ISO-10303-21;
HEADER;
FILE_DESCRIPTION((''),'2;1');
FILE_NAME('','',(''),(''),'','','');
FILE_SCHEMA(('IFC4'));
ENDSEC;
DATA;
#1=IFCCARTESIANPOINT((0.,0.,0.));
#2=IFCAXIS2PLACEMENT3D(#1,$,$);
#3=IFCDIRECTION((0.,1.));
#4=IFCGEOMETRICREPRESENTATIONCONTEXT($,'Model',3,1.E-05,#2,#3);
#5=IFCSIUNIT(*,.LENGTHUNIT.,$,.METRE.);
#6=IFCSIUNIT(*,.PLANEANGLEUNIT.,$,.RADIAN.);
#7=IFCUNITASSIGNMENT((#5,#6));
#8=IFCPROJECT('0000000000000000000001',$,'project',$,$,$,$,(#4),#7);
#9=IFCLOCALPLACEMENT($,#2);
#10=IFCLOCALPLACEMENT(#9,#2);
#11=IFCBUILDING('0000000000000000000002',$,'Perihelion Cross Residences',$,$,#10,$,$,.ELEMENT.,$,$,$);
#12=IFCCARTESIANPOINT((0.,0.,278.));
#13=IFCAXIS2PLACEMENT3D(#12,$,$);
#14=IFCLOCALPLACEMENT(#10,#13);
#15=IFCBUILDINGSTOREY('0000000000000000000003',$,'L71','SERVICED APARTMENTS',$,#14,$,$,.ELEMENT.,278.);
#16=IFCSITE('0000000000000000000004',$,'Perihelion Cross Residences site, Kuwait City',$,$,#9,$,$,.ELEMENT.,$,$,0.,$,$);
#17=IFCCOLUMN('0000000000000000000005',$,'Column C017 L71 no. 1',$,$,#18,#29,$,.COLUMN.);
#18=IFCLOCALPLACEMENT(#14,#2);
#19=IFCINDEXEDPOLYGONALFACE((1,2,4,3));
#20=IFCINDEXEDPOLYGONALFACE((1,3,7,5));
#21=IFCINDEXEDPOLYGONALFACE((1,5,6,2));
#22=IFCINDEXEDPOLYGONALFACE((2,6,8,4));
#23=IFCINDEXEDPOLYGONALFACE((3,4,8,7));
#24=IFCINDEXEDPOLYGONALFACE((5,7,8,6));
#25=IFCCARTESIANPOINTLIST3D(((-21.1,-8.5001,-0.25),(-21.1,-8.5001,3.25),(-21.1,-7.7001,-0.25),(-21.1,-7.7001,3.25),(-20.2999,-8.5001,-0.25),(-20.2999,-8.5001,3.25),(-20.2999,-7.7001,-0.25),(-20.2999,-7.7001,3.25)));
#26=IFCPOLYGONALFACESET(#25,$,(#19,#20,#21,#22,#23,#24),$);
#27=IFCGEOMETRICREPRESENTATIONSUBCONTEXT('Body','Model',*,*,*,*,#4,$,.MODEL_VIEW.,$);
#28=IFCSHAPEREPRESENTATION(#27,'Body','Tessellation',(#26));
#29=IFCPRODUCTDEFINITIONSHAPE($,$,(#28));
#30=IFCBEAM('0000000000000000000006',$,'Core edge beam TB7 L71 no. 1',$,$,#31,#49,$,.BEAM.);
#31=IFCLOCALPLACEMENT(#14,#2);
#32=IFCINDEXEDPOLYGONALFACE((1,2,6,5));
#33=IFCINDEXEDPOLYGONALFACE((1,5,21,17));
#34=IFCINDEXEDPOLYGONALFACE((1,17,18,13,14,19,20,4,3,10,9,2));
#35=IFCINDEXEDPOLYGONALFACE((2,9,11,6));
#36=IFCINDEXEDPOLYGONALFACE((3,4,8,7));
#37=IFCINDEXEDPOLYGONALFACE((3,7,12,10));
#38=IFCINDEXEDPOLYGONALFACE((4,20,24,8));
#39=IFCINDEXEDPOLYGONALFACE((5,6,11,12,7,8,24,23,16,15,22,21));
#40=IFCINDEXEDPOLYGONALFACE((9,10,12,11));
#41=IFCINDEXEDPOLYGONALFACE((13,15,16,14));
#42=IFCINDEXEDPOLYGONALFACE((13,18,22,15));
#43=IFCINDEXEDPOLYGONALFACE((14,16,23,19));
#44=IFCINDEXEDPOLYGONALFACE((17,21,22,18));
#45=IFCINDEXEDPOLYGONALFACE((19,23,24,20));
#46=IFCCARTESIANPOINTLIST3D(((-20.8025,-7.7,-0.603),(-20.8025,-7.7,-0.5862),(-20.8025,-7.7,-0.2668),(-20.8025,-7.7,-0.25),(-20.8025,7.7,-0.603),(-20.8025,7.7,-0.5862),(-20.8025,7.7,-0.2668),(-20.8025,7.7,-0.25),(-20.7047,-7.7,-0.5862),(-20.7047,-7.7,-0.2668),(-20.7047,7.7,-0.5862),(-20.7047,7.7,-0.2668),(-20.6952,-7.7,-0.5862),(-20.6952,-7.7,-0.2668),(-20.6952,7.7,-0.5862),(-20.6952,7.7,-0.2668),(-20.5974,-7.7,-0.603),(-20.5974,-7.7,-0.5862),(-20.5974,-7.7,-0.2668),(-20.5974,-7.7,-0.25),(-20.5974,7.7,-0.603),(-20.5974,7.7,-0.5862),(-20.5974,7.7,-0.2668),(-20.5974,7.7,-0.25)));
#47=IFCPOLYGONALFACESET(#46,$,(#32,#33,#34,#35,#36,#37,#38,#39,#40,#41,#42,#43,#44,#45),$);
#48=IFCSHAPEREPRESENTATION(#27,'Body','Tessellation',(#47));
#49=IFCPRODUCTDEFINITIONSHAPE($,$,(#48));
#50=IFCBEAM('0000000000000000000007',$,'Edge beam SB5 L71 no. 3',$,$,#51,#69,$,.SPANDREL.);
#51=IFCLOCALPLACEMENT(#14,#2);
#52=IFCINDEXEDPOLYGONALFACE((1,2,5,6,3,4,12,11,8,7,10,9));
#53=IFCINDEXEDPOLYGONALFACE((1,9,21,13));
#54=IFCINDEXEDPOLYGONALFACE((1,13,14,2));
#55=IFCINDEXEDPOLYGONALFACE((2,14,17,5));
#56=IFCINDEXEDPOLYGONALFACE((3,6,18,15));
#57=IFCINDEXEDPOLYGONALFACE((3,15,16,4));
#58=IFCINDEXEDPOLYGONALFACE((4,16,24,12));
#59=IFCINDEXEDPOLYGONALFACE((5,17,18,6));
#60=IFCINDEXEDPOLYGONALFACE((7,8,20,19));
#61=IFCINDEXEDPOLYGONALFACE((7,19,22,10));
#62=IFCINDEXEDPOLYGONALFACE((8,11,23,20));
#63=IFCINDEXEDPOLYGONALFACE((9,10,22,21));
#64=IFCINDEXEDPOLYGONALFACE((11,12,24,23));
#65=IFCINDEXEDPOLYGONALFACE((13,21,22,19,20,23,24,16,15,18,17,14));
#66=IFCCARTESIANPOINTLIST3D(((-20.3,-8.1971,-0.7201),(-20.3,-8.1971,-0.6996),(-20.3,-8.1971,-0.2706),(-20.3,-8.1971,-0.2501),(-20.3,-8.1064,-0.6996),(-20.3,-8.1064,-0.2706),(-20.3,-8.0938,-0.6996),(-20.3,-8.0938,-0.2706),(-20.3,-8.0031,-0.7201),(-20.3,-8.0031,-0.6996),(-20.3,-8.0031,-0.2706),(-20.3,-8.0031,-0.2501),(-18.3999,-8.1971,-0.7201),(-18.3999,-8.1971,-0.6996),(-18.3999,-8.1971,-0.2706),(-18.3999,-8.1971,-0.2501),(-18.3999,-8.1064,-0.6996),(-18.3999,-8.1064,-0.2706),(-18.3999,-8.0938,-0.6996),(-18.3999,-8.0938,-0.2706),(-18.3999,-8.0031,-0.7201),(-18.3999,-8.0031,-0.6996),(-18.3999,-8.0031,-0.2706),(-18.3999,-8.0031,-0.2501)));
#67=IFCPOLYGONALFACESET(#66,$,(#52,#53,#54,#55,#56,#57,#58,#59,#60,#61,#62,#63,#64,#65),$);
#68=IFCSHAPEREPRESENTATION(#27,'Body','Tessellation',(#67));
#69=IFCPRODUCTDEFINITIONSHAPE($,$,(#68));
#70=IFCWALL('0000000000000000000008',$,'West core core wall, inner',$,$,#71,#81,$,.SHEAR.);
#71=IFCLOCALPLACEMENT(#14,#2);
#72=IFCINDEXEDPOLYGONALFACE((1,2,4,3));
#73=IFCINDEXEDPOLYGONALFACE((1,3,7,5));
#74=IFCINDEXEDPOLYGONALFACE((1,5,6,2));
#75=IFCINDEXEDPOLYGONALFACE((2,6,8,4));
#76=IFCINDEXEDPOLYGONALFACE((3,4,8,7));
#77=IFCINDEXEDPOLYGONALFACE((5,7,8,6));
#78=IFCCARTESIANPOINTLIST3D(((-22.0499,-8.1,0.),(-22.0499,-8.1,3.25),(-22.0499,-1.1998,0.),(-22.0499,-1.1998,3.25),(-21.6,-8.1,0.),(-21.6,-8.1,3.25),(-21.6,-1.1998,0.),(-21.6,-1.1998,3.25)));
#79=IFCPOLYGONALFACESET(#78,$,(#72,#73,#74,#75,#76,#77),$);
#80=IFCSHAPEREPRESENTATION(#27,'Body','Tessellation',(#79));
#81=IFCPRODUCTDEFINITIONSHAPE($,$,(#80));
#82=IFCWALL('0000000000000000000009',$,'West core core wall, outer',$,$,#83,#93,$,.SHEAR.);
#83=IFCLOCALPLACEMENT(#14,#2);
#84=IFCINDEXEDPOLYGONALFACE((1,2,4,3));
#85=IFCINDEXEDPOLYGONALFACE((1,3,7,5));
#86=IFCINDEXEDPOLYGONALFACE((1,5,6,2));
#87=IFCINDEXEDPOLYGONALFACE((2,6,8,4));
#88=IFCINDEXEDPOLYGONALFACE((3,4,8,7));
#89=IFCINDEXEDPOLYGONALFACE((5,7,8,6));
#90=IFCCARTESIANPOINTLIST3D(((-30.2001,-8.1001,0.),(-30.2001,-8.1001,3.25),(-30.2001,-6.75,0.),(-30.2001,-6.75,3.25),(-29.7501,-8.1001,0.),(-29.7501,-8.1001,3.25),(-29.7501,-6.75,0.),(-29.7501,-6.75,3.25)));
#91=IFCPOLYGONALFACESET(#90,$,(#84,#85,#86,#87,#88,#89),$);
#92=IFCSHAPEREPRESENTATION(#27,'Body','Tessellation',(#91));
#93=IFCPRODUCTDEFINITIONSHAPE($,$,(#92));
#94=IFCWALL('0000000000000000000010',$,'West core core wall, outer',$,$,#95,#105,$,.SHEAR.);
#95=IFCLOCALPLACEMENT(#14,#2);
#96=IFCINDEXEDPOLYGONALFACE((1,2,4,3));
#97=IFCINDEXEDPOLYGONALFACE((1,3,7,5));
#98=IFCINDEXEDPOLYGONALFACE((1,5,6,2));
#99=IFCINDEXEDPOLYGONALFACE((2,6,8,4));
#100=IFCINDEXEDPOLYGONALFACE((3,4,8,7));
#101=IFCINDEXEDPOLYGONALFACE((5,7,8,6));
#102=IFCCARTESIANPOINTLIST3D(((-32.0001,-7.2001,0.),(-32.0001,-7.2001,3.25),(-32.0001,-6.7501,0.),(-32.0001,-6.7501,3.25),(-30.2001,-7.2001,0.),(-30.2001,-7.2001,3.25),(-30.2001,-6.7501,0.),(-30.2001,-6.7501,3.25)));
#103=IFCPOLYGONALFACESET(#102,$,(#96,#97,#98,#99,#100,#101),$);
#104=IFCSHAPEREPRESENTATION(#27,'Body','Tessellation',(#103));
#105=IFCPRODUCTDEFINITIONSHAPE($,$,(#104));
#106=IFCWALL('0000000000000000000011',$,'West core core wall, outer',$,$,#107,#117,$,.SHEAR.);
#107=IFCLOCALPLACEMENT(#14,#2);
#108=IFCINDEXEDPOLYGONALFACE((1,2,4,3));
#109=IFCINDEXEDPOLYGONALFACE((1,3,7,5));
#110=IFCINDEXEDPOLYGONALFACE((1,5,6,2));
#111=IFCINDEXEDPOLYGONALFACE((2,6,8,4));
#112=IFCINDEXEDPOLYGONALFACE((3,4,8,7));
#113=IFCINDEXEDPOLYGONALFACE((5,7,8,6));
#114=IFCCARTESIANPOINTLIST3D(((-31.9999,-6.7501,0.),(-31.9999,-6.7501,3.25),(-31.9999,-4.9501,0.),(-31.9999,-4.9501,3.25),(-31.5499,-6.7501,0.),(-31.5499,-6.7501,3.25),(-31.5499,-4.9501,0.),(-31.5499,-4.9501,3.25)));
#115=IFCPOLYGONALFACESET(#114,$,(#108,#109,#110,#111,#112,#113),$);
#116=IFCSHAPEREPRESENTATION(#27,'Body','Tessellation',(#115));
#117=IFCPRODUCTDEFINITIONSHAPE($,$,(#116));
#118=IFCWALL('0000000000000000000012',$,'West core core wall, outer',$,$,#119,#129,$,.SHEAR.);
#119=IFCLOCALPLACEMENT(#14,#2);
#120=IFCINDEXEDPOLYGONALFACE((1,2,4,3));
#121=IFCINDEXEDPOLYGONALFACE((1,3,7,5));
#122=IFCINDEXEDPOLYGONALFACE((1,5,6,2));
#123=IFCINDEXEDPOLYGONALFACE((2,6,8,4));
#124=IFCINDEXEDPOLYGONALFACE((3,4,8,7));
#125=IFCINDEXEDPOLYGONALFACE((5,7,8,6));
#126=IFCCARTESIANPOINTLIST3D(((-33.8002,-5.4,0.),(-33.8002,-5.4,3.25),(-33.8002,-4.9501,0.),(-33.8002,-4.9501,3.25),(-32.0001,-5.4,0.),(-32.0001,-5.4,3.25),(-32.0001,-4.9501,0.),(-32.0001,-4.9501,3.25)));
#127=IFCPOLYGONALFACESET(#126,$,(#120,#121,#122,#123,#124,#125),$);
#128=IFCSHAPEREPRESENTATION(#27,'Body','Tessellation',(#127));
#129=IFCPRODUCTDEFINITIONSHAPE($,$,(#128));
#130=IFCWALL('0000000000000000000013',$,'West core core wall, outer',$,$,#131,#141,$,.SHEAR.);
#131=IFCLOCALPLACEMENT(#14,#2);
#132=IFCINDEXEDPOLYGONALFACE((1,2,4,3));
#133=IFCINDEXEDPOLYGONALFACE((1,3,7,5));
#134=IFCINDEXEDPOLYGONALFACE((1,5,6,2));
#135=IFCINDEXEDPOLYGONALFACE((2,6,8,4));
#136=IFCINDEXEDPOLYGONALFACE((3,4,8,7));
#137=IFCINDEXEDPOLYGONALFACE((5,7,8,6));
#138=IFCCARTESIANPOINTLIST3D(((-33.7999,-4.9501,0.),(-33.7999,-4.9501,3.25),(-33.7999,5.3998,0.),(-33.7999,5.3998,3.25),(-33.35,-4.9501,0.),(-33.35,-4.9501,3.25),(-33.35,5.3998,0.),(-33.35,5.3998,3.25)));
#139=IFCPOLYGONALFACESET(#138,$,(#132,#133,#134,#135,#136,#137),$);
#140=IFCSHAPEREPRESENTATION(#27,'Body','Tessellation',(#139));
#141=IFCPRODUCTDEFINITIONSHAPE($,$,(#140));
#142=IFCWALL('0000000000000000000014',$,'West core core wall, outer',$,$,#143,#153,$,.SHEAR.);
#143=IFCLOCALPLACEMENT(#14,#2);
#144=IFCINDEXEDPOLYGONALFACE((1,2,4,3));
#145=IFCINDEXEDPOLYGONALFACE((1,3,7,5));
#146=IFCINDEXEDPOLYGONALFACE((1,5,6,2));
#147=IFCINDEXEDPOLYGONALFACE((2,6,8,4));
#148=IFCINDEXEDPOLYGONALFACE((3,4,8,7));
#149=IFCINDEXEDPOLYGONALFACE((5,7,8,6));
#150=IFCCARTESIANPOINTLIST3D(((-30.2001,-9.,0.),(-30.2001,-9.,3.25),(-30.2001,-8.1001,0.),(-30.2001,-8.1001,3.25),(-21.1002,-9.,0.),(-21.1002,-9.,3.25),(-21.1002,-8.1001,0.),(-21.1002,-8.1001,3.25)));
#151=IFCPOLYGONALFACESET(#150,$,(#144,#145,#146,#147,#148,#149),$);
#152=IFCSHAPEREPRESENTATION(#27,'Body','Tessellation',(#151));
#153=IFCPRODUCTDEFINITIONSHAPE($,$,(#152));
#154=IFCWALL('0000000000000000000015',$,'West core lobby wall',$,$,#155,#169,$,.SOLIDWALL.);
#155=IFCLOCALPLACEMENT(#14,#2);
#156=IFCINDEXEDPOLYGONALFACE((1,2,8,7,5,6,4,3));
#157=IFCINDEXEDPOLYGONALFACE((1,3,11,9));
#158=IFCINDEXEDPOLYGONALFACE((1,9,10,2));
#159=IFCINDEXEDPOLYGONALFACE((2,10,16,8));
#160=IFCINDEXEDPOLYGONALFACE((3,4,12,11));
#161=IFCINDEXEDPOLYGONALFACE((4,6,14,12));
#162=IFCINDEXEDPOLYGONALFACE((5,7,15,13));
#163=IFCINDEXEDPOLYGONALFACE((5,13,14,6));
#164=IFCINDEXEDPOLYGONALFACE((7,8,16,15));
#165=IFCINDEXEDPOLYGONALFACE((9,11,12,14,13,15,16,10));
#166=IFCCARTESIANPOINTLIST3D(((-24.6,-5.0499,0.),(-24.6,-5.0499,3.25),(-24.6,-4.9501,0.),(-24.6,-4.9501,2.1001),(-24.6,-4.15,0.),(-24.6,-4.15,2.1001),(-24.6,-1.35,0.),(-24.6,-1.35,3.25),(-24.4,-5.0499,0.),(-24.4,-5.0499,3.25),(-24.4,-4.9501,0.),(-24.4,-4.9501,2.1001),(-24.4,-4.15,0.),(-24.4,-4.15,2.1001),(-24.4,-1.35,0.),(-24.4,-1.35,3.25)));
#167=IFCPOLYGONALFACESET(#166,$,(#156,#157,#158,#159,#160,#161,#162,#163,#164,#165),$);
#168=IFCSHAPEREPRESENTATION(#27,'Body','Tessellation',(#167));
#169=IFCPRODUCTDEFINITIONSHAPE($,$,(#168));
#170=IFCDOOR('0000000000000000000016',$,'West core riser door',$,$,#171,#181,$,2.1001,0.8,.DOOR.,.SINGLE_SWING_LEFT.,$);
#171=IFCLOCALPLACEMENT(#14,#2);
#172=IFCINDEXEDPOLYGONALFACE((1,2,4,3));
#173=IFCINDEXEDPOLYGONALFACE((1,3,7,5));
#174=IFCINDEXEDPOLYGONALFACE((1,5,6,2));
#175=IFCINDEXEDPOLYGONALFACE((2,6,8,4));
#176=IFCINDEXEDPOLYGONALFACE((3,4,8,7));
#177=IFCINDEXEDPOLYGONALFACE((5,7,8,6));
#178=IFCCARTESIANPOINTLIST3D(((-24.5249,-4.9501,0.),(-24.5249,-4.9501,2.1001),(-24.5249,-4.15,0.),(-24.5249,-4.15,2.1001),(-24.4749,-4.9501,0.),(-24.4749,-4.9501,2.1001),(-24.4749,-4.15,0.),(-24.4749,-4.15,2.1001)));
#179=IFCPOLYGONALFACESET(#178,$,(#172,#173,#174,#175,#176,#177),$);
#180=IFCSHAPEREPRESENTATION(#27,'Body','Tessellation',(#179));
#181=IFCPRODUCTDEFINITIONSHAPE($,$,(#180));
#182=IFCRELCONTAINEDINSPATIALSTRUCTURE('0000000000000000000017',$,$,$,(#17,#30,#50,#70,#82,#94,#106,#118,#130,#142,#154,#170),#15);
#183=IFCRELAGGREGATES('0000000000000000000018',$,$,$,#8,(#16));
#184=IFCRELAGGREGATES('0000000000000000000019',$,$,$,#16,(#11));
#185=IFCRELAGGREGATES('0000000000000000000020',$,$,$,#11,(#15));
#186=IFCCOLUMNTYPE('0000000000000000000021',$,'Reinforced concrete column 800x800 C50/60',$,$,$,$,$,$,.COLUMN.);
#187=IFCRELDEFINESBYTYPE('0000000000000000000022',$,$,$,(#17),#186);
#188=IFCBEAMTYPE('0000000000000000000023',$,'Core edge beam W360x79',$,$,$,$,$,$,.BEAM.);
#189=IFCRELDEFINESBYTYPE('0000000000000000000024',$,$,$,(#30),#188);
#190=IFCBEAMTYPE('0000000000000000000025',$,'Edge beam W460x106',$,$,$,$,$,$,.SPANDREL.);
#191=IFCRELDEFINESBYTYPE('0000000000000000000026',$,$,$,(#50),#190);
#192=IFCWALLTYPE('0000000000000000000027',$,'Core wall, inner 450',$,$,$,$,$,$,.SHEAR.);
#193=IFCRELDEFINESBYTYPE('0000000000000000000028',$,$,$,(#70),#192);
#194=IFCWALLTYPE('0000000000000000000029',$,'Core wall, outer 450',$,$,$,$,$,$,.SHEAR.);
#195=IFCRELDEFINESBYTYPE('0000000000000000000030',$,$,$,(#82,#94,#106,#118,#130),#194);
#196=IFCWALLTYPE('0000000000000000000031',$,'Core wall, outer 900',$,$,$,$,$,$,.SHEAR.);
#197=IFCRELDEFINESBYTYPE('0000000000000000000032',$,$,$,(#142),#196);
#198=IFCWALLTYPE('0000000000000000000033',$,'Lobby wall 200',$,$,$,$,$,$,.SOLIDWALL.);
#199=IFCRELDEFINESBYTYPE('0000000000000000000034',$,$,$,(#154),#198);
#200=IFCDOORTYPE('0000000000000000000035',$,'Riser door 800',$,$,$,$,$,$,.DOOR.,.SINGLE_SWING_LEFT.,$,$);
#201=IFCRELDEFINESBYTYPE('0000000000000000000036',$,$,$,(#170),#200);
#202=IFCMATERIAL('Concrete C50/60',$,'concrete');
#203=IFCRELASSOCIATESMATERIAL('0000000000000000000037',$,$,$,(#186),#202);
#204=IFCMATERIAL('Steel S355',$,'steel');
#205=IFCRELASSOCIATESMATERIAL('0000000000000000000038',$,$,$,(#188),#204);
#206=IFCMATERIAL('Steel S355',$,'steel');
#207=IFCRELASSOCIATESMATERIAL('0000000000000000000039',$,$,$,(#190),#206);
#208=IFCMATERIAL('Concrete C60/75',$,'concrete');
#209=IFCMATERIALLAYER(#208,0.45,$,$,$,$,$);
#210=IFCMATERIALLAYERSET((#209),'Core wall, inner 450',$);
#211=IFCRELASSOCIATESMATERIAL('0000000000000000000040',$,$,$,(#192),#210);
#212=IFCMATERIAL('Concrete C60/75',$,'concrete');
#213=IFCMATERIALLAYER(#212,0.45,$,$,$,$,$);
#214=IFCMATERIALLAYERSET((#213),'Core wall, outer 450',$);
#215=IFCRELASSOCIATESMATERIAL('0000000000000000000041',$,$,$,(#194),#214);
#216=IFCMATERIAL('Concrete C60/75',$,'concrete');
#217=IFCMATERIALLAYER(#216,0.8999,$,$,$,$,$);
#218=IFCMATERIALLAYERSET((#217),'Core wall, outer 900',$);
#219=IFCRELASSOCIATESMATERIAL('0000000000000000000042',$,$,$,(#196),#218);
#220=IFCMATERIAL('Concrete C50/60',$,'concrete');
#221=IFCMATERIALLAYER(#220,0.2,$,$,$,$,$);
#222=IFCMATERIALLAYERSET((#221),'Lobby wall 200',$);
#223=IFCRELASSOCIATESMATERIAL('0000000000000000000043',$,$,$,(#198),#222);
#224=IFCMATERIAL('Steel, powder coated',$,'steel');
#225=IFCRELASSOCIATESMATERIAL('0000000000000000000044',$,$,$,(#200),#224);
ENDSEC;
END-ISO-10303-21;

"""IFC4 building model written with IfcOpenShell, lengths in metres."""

from ifc_helpers import new_model, si_unit, direction, frame, frame_2d, origin, origin_2d, place, context, subcontext, project, spatial, rectangle, i_section, extrude, material, layer, layer_set, material_profile, profile_set, type_object, element, fill, save


model = new_model("IFC4")

# Units and contexts
model_context = context("Model", 3, precision=1e-05, world=origin(), true_north=direction((0.0, 1.0)))
body_context = subcontext(model_context, "Body", "Model", "MODEL_VIEW")
ifc_project = project(units=[si_unit("LENGTHUNIT", "METRE"), si_unit("PLANEANGLEUNIT", "RADIAN")], contexts=[model_context])

# Site, building, storey
site_placement = place(None, origin())
site = spatial("IfcSite", under=ifc_project, at=site_placement, Name="Perihelion Cross Residences site, Kuwait City", CompositionType="ELEMENT", RefElevation=0.0)
building_placement = place(site_placement, origin())
building = spatial("IfcBuilding", under=site, at=building_placement, Name="Perihelion Cross Residences", CompositionType="ELEMENT")
storey_placement = place(building_placement, frame((0.0, 0.0, 278.0)))
storey = spatial("IfcBuildingStorey", under=building, at=storey_placement, Name="L71", Description="SERVICED APARTMENTS", CompositionType="ELEMENT", Elevation=278.0)

# Column
ifc_material_1 = material(Name="Concrete C50/60", Category="concrete")
ifc_material_profile_1 = material_profile(ifc_material_1, rectangle(XDim=0.8, YDim=0.8, at=origin_2d()), Name="RC 800x800")
ifc_profile_set_1 = profile_set([ifc_material_profile_1], Name="Concrete C50/60")
column_type = type_object("IfcColumnType", Name="Reinforced concrete column 800x800 C50/60", PredefinedType="COLUMN", material=ifc_profile_set_1)
column_placement = place(storey_placement, frame((-20.7, -8.1001, -0.25), z_axis=(0.0, 0.0, 1.0), x_axis=(1.0, 0.0, 0.0)))
element("IfcColumn", 1, at=column_placement, inside=storey, type_object=column_type, Name="Column C017 L71 no. 1", PredefinedType="COLUMN", context=body_context, shape_type="SweptSolid", body=[
    extrude(rectangle(XDim=0.8, YDim=0.8, at=origin_2d()), origin(), (0.0, 0.0, 1.0), 3.5),
])

# Beams
ifc_material_2 = material(Name="Steel S355", Category="steel")
ifc_material_profile_2 = material_profile(ifc_material_2, i_section(OverallWidth=0.2051, OverallDepth=0.353, WebThickness=0.0095, FlangeThickness=0.0168, at=origin_2d()), Name="W360x79")
ifc_profile_set_2 = profile_set([ifc_material_profile_2], Name="Steel S355")
beam_type_1 = type_object("IfcBeamType", Name="Core edge beam W360x79", PredefinedType="BEAM", material=ifc_profile_set_2)
beam_1_placement = place(storey_placement, frame((-20.7, -7.7, -0.4265), z_axis=(0.0, 1.0, 0.0), x_axis=(-1.0, 0.0, 0.0)))
element("IfcBeam", 2, at=beam_1_placement, inside=storey, type_object=beam_type_1, Name="Core edge beam TB7 L71 no. 1", PredefinedType="BEAM", context=body_context, shape_type="SweptSolid", body=[
    extrude(i_section(OverallWidth=0.2051, OverallDepth=0.353, WebThickness=0.0095, FlangeThickness=0.0168, at=origin_2d()), origin(), (0.0, 0.0, 1.0), 15.3999),
])
ifc_material_3 = material(Name="Steel S355", Category="steel")
ifc_material_profile_3 = material_profile(ifc_material_3, i_section(OverallWidth=0.1941, OverallDepth=0.47, WebThickness=0.0127, FlangeThickness=0.0205, at=origin_2d()), Name="W460x106")
ifc_profile_set_3 = profile_set([ifc_material_profile_3], Name="Steel S355")
beam_type_2 = type_object("IfcBeamType", Name="Edge beam W460x106", PredefinedType="SPANDREL", material=ifc_profile_set_3)
beam_2_placement = place(storey_placement, frame((-20.3, -8.1001, -0.4851), z_axis=(1.0, 0.0, 0.0), x_axis=(0.0, 1.0, 0.0)))
element("IfcBeam", 3, at=beam_2_placement, inside=storey, type_object=beam_type_2, Name="Edge beam SB5 L71 no. 3", PredefinedType="SPANDREL", context=body_context, shape_type="SweptSolid", body=[
    extrude(i_section(OverallWidth=0.1941, OverallDepth=0.47, WebThickness=0.0127, FlangeThickness=0.0205, at=origin_2d()), origin(), (0.0, 0.0, 1.0), 1.9001),
])

# Walls
ifc_material_4 = material(Name="Concrete C60/75", Category="concrete")
ifc_layer_1 = layer(ifc_material_4, 0.45)
ifc_layer_set_1 = layer_set([ifc_layer_1], Name="Core wall, inner 450")
wall_type_1 = type_object("IfcWallType", Name="Core wall, inner 450", PredefinedType="SHEAR", material=ifc_layer_set_1)
wall_1_placement = place(storey_placement, frame((-21.825, -8.1001, 0.0), z_axis=(0.0, 0.0, 1.0), x_axis=(0.0, 1.0, 0.0)))
element("IfcWall", 4, at=wall_1_placement, inside=storey, type_object=wall_type_1, Name="West core core wall, inner", PredefinedType="SHEAR", context=body_context, shape_type="SweptSolid", body=[
    extrude(rectangle(XDim=6.9001, YDim=0.45, at=frame_2d((3.4502, 0.0))), origin(), (0.0, 0.0, 1.0), 3.25),
])
ifc_material_5 = material(Name="Concrete C60/75", Category="concrete")
ifc_layer_2 = layer(ifc_material_5, 0.45)
ifc_layer_set_2 = layer_set([ifc_layer_2], Name="Core wall, outer 450")
wall_type_2 = type_object("IfcWallType", Name="Core wall, outer 450", PredefinedType="SHEAR", material=ifc_layer_set_2)
wall_2_placement = place(storey_placement, frame((-29.9751, -8.1001, 0.0), z_axis=(0.0, 0.0, 1.0), x_axis=(0.0, 1.0, 0.0)))
element("IfcWall", 5, at=wall_2_placement, inside=storey, type_object=wall_type_2, Name="West core core wall, outer", PredefinedType="SHEAR", context=body_context, shape_type="SweptSolid", body=[
    extrude(rectangle(XDim=1.3501, YDim=0.45, at=frame_2d((0.675, 0.0))), origin(), (0.0, 0.0, 1.0), 3.25),
])
for number, where, z_axis, x_axis, name in (
    (6, (-32.0, -6.9751, 0.0), (0.0, 0.0, 1.0), (1.0, 0.0, 0.0), "West core core wall, outer"),
    (7, (-31.7749, -6.75, 0.0), (0.0, 0.0, 1.0), (0.0, 1.0, 0.0), "West core core wall, outer"),
    (8, (-33.8, -5.175, 0.0), (0.0, 0.0, 1.0), (1.0, 0.0, 0.0), "West core core wall, outer"),
):
    element("IfcWall", number, at=place(storey_placement, frame(where, z_axis=z_axis, x_axis=x_axis)), inside=storey, type_object=wall_type_2, Name=name, PredefinedType="SHEAR", context=body_context, shape_type="SweptSolid", body=[
        extrude(rectangle(XDim=1.8, YDim=0.45, at=frame_2d((0.8999, 0.0))), origin(), (0.0, 0.0, 1.0), 3.25),
    ])
wall_3_placement = place(storey_placement, frame((-33.575, -4.95, 0.0), z_axis=(0.0, 0.0, 1.0), x_axis=(0.0, 1.0, 0.0)))
element("IfcWall", 9, at=wall_3_placement, inside=storey, type_object=wall_type_2, Name="West core core wall, outer", PredefinedType="SHEAR", context=body_context, shape_type="SweptSolid", body=[
    extrude(rectangle(XDim=10.3499, YDim=0.45, at=frame_2d((5.1748, 0.0))), origin(), (0.0, 0.0, 1.0), 3.25),
])
ifc_material_6 = material(Name="Concrete C60/75", Category="concrete")
ifc_layer_3 = layer(ifc_material_6, 0.8999)
ifc_layer_set_3 = layer_set([ifc_layer_3], Name="Core wall, outer 900")
wall_type_3 = type_object("IfcWallType", Name="Core wall, outer 900", PredefinedType="SHEAR", material=ifc_layer_set_3)
wall_4_placement = place(storey_placement, frame((-30.2, -8.55, 0.0), z_axis=(0.0, 0.0, 1.0), x_axis=(1.0, 0.0, 0.0)))
element("IfcWall", 10, at=wall_4_placement, inside=storey, type_object=wall_type_3, Name="West core core wall, outer", PredefinedType="SHEAR", context=body_context, shape_type="SweptSolid", body=[
    extrude(rectangle(XDim=9.0999, YDim=0.8999, at=frame_2d((4.5498, 0.0))), origin(), (0.0, 0.0, 1.0), 3.25),
])

# Wall, opening, door
ifc_material_7 = material(Name="Concrete C50/60", Category="concrete")
ifc_layer_4 = layer(ifc_material_7, 0.2)
ifc_layer_set_4 = layer_set([ifc_layer_4], Name="Lobby wall 200")
wall_type_4 = type_object("IfcWallType", Name="Lobby wall 200", PredefinedType="SOLIDWALL", material=ifc_layer_set_4)
wall_5_placement = place(storey_placement, frame((-24.5, -5.05, 0.0), z_axis=(0.0, 0.0, 1.0), x_axis=(0.0, 1.0, 0.0)))
wall_5 = element("IfcWall", 11, at=wall_5_placement, inside=storey, type_object=wall_type_4, Name="West core lobby wall", PredefinedType="SOLIDWALL", context=body_context, shape_type="SweptSolid", body=[
    extrude(rectangle(XDim=3.7, YDim=0.2, at=frame_2d((1.8501, 0.0))), origin(), (0.0, 0.0, 1.0), 3.25),
])
opening_1_placement = place(wall_5_placement, frame((0.1001, 0.0, 0.0)))
opening_1 = element("IfcOpeningElement", 12, at=opening_1_placement, cuts=wall_5, PredefinedType="OPENING", context=body_context, shape_type="SweptSolid", body=[
    extrude(rectangle(XDim=0.8, YDim=2.1001, at=frame_2d((0.3999, 1.05))), frame((0.0, 0.1099, 0.0), z_axis=(0.0, -1.0, 0.0), x_axis=(1.0, 0.0, 0.0)), (0.0, 0.0, 1.0), 0.22),
])
ifc_material_8 = material(Name="Steel, powder coated", Category="steel")
door_type_1 = type_object("IfcDoorType", Name="Riser door 800", OperationType="SINGLE_SWING_LEFT", PredefinedType="DOOR", material=ifc_material_8)
door_1_placement = place(opening_1_placement, origin())
door_1 = element("IfcDoor", 13, at=door_1_placement, inside=storey, type_object=door_type_1, Name="West core riser door", OperationType="SINGLE_SWING_LEFT", OverallHeight=2.1001, OverallWidth=0.8, PredefinedType="DOOR", context=body_context, shape_type="SweptSolid", body=[
    extrude(rectangle(XDim=0.8, YDim=2.1001, at=frame_2d((0.3999, 1.05))), frame((0.0, 0.0249, 0.0), z_axis=(0.0, -1.0, 0.0), x_axis=(1.0, 0.0, 0.0)), (0.0, 0.0, 1.0), 0.05),
])
fill(opening_1, door_1)

save(model, "model.ifc")
